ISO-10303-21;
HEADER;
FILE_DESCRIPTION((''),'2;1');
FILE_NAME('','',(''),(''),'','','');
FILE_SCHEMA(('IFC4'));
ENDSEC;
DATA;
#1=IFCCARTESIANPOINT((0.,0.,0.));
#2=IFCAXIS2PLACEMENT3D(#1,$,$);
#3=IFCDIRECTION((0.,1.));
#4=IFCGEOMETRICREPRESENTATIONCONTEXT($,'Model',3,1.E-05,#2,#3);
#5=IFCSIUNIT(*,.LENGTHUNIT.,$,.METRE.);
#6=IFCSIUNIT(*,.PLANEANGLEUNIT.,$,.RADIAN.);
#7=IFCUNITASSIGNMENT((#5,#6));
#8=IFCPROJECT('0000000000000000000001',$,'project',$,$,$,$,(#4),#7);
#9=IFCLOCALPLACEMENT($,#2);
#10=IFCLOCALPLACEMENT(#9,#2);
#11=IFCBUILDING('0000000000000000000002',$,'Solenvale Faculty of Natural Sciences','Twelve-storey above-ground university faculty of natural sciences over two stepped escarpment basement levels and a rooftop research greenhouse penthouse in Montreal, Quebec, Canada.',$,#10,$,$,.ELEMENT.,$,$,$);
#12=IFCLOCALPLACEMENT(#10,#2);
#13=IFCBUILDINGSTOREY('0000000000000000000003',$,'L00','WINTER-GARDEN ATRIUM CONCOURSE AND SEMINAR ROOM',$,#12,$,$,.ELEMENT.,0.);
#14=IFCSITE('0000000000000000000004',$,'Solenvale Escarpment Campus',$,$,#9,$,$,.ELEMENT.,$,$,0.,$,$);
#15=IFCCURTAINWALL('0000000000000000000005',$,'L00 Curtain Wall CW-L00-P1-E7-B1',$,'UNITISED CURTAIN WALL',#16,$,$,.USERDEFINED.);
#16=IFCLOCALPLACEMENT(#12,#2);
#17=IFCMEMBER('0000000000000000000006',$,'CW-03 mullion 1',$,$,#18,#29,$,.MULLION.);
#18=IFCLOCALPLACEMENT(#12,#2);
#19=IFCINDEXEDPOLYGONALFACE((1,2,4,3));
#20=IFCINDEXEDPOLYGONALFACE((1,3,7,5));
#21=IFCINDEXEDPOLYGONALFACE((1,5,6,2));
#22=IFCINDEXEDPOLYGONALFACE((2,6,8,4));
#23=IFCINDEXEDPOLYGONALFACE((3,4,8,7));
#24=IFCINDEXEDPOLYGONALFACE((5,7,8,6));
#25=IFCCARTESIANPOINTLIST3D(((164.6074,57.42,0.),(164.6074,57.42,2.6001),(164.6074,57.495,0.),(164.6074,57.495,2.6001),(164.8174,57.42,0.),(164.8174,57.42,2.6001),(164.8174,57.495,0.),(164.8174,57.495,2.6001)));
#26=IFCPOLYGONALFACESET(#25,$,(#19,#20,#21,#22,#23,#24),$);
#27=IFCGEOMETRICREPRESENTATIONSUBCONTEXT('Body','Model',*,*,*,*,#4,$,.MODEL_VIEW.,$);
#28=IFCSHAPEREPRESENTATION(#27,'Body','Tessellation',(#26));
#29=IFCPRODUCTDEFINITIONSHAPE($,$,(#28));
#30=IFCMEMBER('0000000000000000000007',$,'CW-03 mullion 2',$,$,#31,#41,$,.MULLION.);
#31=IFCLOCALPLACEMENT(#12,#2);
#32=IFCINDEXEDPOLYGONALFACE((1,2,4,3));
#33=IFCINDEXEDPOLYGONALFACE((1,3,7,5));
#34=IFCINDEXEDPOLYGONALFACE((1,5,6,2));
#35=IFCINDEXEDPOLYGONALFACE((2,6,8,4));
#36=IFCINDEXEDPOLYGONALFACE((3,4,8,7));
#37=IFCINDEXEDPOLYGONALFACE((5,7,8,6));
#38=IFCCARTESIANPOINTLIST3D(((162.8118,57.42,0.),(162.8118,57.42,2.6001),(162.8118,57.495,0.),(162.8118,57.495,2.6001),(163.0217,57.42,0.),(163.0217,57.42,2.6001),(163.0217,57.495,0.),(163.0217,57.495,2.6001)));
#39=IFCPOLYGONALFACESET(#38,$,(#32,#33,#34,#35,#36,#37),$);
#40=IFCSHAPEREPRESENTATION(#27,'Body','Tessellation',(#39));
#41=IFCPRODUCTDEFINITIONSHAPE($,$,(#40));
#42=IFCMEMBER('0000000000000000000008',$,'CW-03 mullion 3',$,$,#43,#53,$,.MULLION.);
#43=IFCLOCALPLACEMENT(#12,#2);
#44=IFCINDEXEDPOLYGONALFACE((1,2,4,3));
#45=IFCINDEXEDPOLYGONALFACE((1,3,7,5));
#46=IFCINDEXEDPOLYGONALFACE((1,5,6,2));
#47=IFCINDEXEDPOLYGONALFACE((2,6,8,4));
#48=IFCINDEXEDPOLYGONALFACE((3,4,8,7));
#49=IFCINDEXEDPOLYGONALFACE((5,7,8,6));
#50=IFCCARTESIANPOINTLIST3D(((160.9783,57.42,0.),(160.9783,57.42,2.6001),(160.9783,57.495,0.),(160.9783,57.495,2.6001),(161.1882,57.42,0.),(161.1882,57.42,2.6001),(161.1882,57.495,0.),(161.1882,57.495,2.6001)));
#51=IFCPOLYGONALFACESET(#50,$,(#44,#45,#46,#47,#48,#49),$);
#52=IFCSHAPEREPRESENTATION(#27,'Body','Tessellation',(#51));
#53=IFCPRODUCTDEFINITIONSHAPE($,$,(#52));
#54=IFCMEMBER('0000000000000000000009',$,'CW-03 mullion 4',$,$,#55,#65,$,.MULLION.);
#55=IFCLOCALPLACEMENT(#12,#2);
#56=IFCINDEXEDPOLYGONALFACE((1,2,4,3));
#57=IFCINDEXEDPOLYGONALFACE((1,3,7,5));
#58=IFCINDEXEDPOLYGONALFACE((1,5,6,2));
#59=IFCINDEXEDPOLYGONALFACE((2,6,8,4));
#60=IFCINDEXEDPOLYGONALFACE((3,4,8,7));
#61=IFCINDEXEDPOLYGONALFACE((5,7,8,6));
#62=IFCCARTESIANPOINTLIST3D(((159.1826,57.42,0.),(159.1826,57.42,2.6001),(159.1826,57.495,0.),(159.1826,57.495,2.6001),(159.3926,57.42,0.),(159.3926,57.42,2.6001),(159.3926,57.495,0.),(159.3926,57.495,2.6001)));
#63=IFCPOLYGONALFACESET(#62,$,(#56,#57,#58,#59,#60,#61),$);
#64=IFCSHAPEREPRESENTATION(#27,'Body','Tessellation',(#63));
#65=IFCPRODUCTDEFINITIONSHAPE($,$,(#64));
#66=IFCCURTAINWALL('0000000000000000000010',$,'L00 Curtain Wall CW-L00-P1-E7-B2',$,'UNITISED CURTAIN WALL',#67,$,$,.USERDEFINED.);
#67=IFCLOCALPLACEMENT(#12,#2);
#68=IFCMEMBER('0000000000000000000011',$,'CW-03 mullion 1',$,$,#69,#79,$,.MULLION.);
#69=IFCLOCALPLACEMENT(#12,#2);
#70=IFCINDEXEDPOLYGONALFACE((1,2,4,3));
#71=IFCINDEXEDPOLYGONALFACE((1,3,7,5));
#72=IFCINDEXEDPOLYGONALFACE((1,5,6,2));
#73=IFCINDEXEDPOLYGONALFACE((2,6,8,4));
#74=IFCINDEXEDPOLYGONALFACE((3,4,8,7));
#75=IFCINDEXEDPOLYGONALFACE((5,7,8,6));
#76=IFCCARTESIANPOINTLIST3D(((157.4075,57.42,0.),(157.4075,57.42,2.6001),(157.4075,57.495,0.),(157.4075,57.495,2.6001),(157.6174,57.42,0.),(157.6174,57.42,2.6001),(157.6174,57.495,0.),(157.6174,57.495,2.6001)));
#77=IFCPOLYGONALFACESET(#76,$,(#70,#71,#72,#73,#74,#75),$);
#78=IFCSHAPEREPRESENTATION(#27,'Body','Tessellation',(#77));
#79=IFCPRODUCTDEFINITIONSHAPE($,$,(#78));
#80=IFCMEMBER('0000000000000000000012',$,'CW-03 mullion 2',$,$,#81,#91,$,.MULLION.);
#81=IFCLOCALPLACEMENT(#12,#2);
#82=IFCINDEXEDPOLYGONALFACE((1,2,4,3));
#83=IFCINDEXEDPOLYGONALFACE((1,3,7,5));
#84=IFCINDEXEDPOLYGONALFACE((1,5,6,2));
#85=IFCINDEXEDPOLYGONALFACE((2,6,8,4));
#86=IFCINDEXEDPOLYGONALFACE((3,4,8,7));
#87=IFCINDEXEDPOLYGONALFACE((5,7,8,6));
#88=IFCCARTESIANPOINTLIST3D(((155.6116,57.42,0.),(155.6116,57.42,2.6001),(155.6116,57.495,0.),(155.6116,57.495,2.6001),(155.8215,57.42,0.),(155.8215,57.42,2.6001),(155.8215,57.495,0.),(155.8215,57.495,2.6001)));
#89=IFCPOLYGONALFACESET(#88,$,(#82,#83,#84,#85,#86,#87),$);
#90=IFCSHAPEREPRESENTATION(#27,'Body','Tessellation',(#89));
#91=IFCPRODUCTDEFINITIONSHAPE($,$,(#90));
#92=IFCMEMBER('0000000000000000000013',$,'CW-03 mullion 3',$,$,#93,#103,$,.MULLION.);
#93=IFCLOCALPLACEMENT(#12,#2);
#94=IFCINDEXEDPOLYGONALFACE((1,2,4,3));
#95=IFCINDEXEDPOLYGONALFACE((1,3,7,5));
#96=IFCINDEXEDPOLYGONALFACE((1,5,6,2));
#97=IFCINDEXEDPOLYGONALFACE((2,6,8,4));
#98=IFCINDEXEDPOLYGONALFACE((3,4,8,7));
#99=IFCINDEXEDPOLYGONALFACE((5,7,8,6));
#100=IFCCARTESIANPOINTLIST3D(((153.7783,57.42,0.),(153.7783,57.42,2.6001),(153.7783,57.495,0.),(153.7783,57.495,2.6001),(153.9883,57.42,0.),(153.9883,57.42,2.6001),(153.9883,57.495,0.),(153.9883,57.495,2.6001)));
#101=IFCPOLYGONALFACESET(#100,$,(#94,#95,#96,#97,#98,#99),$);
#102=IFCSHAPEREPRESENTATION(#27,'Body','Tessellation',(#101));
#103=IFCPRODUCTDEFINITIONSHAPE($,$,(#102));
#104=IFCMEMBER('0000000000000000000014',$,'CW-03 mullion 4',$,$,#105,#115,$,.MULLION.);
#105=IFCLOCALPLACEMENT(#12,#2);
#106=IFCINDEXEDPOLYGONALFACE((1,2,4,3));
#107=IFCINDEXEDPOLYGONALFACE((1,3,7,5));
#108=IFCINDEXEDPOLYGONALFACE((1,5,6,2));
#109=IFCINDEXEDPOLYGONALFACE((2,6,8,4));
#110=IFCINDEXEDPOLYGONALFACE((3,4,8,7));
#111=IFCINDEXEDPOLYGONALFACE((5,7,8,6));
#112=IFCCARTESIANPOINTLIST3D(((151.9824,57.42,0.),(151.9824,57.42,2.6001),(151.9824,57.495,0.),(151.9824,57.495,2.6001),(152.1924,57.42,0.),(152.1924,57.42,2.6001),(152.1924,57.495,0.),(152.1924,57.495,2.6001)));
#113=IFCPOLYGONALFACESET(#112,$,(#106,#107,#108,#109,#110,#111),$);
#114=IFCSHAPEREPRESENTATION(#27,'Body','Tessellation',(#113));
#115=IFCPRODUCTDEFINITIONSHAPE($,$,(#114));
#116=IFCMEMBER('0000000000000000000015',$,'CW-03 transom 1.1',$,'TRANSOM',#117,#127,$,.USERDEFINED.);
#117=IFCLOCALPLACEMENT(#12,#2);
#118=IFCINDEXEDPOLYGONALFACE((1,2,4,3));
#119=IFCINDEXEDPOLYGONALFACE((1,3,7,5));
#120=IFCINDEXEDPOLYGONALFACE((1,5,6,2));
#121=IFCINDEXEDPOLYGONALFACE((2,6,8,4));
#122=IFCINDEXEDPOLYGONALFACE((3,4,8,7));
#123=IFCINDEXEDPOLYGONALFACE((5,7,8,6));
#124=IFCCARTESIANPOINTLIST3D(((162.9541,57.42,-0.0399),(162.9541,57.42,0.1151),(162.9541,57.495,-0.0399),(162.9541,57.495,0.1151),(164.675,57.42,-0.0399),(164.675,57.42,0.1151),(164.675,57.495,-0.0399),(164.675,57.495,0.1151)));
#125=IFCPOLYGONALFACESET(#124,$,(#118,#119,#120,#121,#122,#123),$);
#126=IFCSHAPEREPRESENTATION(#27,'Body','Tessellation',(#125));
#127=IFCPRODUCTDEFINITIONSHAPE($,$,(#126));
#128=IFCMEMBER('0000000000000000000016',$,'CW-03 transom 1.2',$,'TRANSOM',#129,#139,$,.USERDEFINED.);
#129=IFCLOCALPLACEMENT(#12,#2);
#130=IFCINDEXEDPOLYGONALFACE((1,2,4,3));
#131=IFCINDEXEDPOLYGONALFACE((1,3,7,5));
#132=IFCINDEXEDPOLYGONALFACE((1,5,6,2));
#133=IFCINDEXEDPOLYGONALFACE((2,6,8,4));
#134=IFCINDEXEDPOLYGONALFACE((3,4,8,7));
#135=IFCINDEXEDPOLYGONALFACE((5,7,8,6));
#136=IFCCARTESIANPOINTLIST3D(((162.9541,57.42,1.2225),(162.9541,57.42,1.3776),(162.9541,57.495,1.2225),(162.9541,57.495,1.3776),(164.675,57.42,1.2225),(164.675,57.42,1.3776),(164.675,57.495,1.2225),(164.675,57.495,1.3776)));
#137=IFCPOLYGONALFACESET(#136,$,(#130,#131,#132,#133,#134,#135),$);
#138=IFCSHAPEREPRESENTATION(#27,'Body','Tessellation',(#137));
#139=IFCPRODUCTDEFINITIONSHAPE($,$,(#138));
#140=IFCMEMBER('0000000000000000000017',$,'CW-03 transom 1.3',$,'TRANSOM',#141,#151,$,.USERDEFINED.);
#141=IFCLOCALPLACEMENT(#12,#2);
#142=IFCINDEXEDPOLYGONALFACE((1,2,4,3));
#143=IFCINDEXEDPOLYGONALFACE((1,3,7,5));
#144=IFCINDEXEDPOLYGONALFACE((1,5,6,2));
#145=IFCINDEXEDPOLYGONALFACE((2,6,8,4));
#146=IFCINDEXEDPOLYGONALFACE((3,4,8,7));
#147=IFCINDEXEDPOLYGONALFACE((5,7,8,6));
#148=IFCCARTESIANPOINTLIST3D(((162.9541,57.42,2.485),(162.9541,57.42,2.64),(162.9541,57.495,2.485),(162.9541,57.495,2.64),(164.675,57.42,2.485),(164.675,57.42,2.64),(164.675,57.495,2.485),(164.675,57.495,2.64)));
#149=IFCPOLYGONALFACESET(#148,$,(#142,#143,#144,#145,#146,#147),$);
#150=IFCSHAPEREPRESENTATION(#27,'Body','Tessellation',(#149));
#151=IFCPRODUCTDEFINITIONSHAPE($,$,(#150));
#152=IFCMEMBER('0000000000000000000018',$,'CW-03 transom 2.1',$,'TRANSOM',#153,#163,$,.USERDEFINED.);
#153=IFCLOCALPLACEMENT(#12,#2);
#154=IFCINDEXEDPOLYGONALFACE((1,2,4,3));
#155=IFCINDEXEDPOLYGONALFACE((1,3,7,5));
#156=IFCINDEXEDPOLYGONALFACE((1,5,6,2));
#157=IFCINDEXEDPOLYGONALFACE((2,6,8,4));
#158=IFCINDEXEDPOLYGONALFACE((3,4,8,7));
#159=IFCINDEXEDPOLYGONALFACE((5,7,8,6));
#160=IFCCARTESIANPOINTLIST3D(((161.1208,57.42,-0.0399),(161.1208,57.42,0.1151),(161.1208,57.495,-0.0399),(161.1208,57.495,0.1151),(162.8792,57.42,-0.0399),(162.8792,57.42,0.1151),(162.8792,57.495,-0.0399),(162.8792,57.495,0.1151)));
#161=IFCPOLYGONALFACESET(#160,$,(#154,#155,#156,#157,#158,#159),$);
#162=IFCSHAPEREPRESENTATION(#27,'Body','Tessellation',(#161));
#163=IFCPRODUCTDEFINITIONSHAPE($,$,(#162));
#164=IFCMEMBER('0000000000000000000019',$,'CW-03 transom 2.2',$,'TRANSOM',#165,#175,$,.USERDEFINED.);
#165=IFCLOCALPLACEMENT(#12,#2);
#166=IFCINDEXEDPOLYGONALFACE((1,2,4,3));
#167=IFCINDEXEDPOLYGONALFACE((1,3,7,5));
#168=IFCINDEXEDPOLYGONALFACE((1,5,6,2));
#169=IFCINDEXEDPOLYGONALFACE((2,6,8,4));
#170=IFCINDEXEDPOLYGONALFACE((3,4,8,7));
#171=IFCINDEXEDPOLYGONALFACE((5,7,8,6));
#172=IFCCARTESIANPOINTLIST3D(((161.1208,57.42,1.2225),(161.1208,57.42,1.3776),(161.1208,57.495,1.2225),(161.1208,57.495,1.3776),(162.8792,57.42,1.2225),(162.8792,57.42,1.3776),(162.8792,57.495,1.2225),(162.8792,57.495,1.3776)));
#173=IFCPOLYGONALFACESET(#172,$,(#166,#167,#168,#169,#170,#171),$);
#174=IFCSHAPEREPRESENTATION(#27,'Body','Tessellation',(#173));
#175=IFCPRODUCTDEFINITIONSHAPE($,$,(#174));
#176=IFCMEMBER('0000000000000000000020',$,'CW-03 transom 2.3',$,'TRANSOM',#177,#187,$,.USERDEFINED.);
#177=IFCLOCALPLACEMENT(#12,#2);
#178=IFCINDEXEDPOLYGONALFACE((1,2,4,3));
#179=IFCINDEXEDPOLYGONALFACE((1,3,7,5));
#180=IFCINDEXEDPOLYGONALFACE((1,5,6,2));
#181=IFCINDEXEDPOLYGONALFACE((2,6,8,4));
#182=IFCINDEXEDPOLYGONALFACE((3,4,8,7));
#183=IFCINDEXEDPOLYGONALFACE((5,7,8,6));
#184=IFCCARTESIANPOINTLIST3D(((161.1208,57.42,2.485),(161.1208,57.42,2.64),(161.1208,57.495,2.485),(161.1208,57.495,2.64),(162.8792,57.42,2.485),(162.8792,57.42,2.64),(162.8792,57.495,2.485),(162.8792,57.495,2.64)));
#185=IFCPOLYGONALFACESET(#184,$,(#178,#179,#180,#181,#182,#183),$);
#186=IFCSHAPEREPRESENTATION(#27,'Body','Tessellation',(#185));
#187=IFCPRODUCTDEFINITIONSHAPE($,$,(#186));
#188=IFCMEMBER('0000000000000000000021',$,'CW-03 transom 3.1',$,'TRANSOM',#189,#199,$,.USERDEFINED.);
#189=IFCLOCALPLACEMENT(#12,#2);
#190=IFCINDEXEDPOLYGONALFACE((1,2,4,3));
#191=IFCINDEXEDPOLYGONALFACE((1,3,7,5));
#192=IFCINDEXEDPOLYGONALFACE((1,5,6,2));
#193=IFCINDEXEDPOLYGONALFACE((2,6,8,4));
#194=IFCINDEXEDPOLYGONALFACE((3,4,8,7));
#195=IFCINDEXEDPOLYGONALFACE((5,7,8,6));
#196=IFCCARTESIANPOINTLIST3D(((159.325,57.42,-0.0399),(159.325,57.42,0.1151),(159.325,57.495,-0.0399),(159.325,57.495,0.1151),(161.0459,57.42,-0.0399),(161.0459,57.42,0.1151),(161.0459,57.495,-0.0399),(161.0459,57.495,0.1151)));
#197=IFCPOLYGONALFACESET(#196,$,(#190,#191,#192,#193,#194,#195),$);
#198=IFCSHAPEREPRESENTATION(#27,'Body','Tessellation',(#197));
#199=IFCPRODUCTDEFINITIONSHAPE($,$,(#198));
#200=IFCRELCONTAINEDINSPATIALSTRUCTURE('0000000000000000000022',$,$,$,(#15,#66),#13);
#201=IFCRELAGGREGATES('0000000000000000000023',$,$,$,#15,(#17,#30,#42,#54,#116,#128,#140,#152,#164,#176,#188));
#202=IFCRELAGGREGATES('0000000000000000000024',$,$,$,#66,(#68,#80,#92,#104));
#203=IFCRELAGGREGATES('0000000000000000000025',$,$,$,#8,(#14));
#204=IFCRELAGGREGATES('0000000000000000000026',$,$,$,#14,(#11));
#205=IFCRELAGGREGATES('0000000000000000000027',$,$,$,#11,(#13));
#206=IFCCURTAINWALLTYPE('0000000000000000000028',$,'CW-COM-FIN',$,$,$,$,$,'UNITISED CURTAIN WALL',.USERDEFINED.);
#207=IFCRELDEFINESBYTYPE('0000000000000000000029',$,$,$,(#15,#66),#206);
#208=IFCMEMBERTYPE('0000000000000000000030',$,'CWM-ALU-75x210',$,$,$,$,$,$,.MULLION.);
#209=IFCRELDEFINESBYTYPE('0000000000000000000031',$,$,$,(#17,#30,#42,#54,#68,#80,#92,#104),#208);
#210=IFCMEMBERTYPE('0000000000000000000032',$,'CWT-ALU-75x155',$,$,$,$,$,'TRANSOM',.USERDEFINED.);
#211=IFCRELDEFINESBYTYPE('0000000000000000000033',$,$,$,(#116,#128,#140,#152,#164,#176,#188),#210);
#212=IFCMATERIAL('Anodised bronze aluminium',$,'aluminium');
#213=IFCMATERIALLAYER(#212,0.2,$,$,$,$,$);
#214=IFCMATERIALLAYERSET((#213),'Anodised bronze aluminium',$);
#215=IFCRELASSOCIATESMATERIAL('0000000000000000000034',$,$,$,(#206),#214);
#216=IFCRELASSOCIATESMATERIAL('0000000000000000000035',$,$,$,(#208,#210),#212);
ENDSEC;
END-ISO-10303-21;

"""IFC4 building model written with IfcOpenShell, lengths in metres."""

from ifc_helpers import new_model, si_unit, direction, frame, origin, origin_2d, place, context, subcontext, project, spatial, rectangle, extrude, material, layer, layer_set, material_profile, profile_set, type_object, element, aggregate, save


model = new_model("IFC4")

# Units and contexts
model_context = context("Model", 3, precision=1e-05, world=origin(), true_north=direction((0.0, 1.0)))
body_context = subcontext(model_context, "Body", "Model", "MODEL_VIEW")
ifc_project = project(units=[si_unit("LENGTHUNIT", "METRE"), si_unit("PLANEANGLEUNIT", "RADIAN")], contexts=[model_context])

# Site, building, storey
site_placement = place(None, origin())
site = spatial("IfcSite", under=ifc_project, at=site_placement, Name="Solenvale Escarpment Campus", CompositionType="ELEMENT", RefElevation=0.0)
building_placement = place(site_placement, origin())
building = spatial("IfcBuilding", under=site, at=building_placement, Name="Solenvale Faculty of Natural Sciences", Description="Twelve-storey above-ground university faculty of natural sciences over two stepped escarpment basement levels and a rooftop research greenhouse penthouse in Montreal, Quebec, Canada.", CompositionType="ELEMENT")
storey_placement = place(building_placement, origin())
storey = spatial("IfcBuildingStorey", under=building, at=storey_placement, Name="L00", Description="WINTER-GARDEN ATRIUM CONCOURSE AND SEMINAR ROOM", CompositionType="ELEMENT", Elevation=0.0)

# Curtain walls, members
ifc_material_1 = material(Name="Anodised bronze aluminium", Category="aluminium")
ifc_layer_1 = layer(ifc_material_1, 0.2)
ifc_layer_set_1 = layer_set([ifc_layer_1], Name="Anodised bronze aluminium")
curtain_wall_type = type_object("IfcCurtainWallType", Name="CW-COM-FIN", ElementType="UNITISED CURTAIN WALL", PredefinedType="USERDEFINED", material=ifc_layer_set_1)
curtain_wall_1_placement = place(storey_placement, origin())
curtain_wall_1 = element("IfcCurtainWall", 1, at=curtain_wall_1_placement, inside=storey, type_object=curtain_wall_type, Name="L00 Curtain Wall CW-L00-P1-E7-B1", ObjectType="UNITISED CURTAIN WALL", PredefinedType="USERDEFINED")
ifc_material_profile_1 = material_profile(ifc_material_1, rectangle(XDim=0.075, YDim=0.21, at=origin_2d()), Name="ALU-MUL-75x210")
ifc_profile_set_1 = profile_set([ifc_material_profile_1], Name="Anodised bronze aluminium")
member_type_1 = type_object("IfcMemberType", Name="CWM-ALU-75x210", PredefinedType="MULLION", material=ifc_profile_set_1)
member_1_placement = place(storey_placement, frame((164.7124, 57.4575, 0.0), z_axis=(0.0, 0.0, 1.0), x_axis=(0.0, -1.0, 0.0)))
member_1 = element("IfcMember", 2, at=member_1_placement, type_object=member_type_1, Name="CW-03 mullion 1", PredefinedType="MULLION", context=body_context, shape_type="SweptSolid", body=[
    extrude(rectangle(XDim=0.075, YDim=0.21, at=origin_2d()), origin(), (0.0, 0.0, 1.0), 2.6001),
])
member_2_placement = place(storey_placement, frame((162.9167, 57.4575, 0.0), z_axis=(0.0, 0.0, 1.0), x_axis=(0.0, -1.0, 0.0)))
member_2 = element("IfcMember", 3, at=member_2_placement, type_object=member_type_1, Name="CW-03 mullion 2", PredefinedType="MULLION", context=body_context, shape_type="SweptSolid", body=[
    extrude(rectangle(XDim=0.075, YDim=0.21, at=origin_2d()), origin(), (0.0, 0.0, 1.0), 2.6001),
])
member_3_placement = place(storey_placement, frame((161.0833, 57.4575, 0.0), z_axis=(0.0, 0.0, 1.0), x_axis=(0.0, -1.0, 0.0)))
member_3 = element("IfcMember", 4, at=member_3_placement, type_object=member_type_1, Name="CW-03 mullion 3", PredefinedType="MULLION", context=body_context, shape_type="SweptSolid", body=[
    extrude(rectangle(XDim=0.075, YDim=0.21, at=origin_2d()), origin(), (0.0, 0.0, 1.0), 2.6001),
])
member_4_placement = place(storey_placement, frame((159.2876, 57.4575, 0.0), z_axis=(0.0, 0.0, 1.0), x_axis=(0.0, -1.0, 0.0)))
member_4 = element("IfcMember", 5, at=member_4_placement, type_object=member_type_1, Name="CW-03 mullion 4", PredefinedType="MULLION", context=body_context, shape_type="SweptSolid", body=[
    extrude(rectangle(XDim=0.075, YDim=0.21, at=origin_2d()), origin(), (0.0, 0.0, 1.0), 2.6001),
])
curtain_wall_2_placement = place(storey_placement, origin())
curtain_wall_2 = element("IfcCurtainWall", 6, at=curtain_wall_2_placement, inside=storey, type_object=curtain_wall_type, Name="L00 Curtain Wall CW-L00-P1-E7-B2", ObjectType="UNITISED CURTAIN WALL", PredefinedType="USERDEFINED")
member_5_placement = place(storey_placement, frame((157.5125, 57.4575, 0.0), z_axis=(0.0, 0.0, 1.0), x_axis=(0.0, -1.0, 0.0)))
member_5 = element("IfcMember", 7, at=member_5_placement, type_object=member_type_1, Name="CW-03 mullion 1", PredefinedType="MULLION", context=body_context, shape_type="SweptSolid", body=[
    extrude(rectangle(XDim=0.075, YDim=0.21, at=origin_2d()), origin(), (0.0, 0.0, 1.0), 2.6001),
])
member_6_placement = place(storey_placement, frame((155.7166, 57.4575, 0.0), z_axis=(0.0, 0.0, 1.0), x_axis=(0.0, -1.0, 0.0)))
member_6 = element("IfcMember", 8, at=member_6_placement, type_object=member_type_1, Name="CW-03 mullion 2", PredefinedType="MULLION", context=body_context, shape_type="SweptSolid", body=[
    extrude(rectangle(XDim=0.075, YDim=0.21, at=origin_2d()), origin(), (0.0, 0.0, 1.0), 2.6001),
])
member_7_placement = place(storey_placement, frame((153.8833, 57.4575, 0.0), z_axis=(0.0, 0.0, 1.0), x_axis=(0.0, -1.0, 0.0)))
member_7 = element("IfcMember", 9, at=member_7_placement, type_object=member_type_1, Name="CW-03 mullion 3", PredefinedType="MULLION", context=body_context, shape_type="SweptSolid", body=[
    extrude(rectangle(XDim=0.075, YDim=0.21, at=origin_2d()), origin(), (0.0, 0.0, 1.0), 2.6001),
])
member_8_placement = place(storey_placement, frame((152.0874, 57.4575, 0.0), z_axis=(0.0, 0.0, 1.0), x_axis=(0.0, -1.0, 0.0)))
member_8 = element("IfcMember", 10, at=member_8_placement, type_object=member_type_1, Name="CW-03 mullion 4", PredefinedType="MULLION", context=body_context, shape_type="SweptSolid", body=[
    extrude(rectangle(XDim=0.075, YDim=0.21, at=origin_2d()), origin(), (0.0, 0.0, 1.0), 2.6001),
])

# Members
ifc_material_profile_2 = material_profile(ifc_material_1, rectangle(XDim=0.075, YDim=0.155, at=origin_2d()), Name="ALU-TRN-75x155")
ifc_profile_set_2 = profile_set([ifc_material_profile_2], Name="Anodised bronze aluminium")
member_type_2 = type_object("IfcMemberType", Name="CWT-ALU-75x155", ElementType="TRANSOM", PredefinedType="USERDEFINED", material=ifc_profile_set_2)
member_9_placement = place(storey_placement, frame((164.675, 57.4575, 0.0376), z_axis=(-1.0, 0.0, 0.0), x_axis=(0.0, -1.0, 0.0)))
member_9 = element("IfcMember", 11, at=member_9_placement, type_object=member_type_2, Name="CW-03 transom 1.1", ObjectType="TRANSOM", PredefinedType="USERDEFINED", context=body_context, shape_type="SweptSolid", body=[
    extrude(rectangle(XDim=0.075, YDim=0.155, at=origin_2d()), origin(), (0.0, 0.0, 1.0), 1.7209),
])
member_10_placement = place(storey_placement, frame((164.675, 57.4575, 1.3), z_axis=(-1.0, 0.0, 0.0), x_axis=(0.0, -1.0, 0.0)))
member_10 = element("IfcMember", 12, at=member_10_placement, type_object=member_type_2, Name="CW-03 transom 1.2", ObjectType="TRANSOM", PredefinedType="USERDEFINED", context=body_context, shape_type="SweptSolid", body=[
    extrude(rectangle(XDim=0.075, YDim=0.155, at=origin_2d()), origin(), (0.0, 0.0, 1.0), 1.7209),
])
member_11_placement = place(storey_placement, frame((164.675, 57.4575, 2.5625), z_axis=(-1.0, 0.0, 0.0), x_axis=(0.0, -1.0, 0.0)))
member_11 = element("IfcMember", 13, at=member_11_placement, type_object=member_type_2, Name="CW-03 transom 1.3", ObjectType="TRANSOM", PredefinedType="USERDEFINED", context=body_context, shape_type="SweptSolid", body=[
    extrude(rectangle(XDim=0.075, YDim=0.155, at=origin_2d()), origin(), (0.0, 0.0, 1.0), 1.7209),
])
member_12_placement = place(storey_placement, frame((162.8792, 57.4575, 0.0376), z_axis=(-1.0, 0.0, 0.0), x_axis=(0.0, -1.0, 0.0)))
member_12 = element("IfcMember", 14, at=member_12_placement, type_object=member_type_2, Name="CW-03 transom 2.1", ObjectType="TRANSOM", PredefinedType="USERDEFINED", context=body_context, shape_type="SweptSolid", body=[
    extrude(rectangle(XDim=0.075, YDim=0.155, at=origin_2d()), origin(), (0.0, 0.0, 1.0), 1.7583),
])
member_13_placement = place(storey_placement, frame((162.8792, 57.4575, 1.3), z_axis=(-1.0, 0.0, 0.0), x_axis=(0.0, -1.0, 0.0)))
member_13 = element("IfcMember", 15, at=member_13_placement, type_object=member_type_2, Name="CW-03 transom 2.2", ObjectType="TRANSOM", PredefinedType="USERDEFINED", context=body_context, shape_type="SweptSolid", body=[
    extrude(rectangle(XDim=0.075, YDim=0.155, at=origin_2d()), origin(), (0.0, 0.0, 1.0), 1.7583),
])
member_14_placement = place(storey_placement, frame((162.8792, 57.4575, 2.5625), z_axis=(-1.0, 0.0, 0.0), x_axis=(0.0, -1.0, 0.0)))
member_14 = element("IfcMember", 16, at=member_14_placement, type_object=member_type_2, Name="CW-03 transom 2.3", ObjectType="TRANSOM", PredefinedType="USERDEFINED", context=body_context, shape_type="SweptSolid", body=[
    extrude(rectangle(XDim=0.075, YDim=0.155, at=origin_2d()), origin(), (0.0, 0.0, 1.0), 1.7583),
])
member_15_placement = place(storey_placement, frame((161.0459, 57.4575, 0.0376), z_axis=(-1.0, 0.0, 0.0), x_axis=(0.0, -1.0, 0.0)))
member_15 = element("IfcMember", 17, at=member_15_placement, type_object=member_type_2, Name="CW-03 transom 3.1", ObjectType="TRANSOM", PredefinedType="USERDEFINED", context=body_context, shape_type="SweptSolid", body=[
    extrude(rectangle(XDim=0.075, YDim=0.155, at=origin_2d()), origin(), (0.0, 0.0, 1.0), 1.7209),
])

aggregate(curtain_wall_1, [member_1, member_2, member_3, member_4, member_9, member_10, member_11, member_12, member_13, member_14, member_15])
aggregate(curtain_wall_2, [member_5, member_6, member_7, member_8])

save(model, "model.ifc")
